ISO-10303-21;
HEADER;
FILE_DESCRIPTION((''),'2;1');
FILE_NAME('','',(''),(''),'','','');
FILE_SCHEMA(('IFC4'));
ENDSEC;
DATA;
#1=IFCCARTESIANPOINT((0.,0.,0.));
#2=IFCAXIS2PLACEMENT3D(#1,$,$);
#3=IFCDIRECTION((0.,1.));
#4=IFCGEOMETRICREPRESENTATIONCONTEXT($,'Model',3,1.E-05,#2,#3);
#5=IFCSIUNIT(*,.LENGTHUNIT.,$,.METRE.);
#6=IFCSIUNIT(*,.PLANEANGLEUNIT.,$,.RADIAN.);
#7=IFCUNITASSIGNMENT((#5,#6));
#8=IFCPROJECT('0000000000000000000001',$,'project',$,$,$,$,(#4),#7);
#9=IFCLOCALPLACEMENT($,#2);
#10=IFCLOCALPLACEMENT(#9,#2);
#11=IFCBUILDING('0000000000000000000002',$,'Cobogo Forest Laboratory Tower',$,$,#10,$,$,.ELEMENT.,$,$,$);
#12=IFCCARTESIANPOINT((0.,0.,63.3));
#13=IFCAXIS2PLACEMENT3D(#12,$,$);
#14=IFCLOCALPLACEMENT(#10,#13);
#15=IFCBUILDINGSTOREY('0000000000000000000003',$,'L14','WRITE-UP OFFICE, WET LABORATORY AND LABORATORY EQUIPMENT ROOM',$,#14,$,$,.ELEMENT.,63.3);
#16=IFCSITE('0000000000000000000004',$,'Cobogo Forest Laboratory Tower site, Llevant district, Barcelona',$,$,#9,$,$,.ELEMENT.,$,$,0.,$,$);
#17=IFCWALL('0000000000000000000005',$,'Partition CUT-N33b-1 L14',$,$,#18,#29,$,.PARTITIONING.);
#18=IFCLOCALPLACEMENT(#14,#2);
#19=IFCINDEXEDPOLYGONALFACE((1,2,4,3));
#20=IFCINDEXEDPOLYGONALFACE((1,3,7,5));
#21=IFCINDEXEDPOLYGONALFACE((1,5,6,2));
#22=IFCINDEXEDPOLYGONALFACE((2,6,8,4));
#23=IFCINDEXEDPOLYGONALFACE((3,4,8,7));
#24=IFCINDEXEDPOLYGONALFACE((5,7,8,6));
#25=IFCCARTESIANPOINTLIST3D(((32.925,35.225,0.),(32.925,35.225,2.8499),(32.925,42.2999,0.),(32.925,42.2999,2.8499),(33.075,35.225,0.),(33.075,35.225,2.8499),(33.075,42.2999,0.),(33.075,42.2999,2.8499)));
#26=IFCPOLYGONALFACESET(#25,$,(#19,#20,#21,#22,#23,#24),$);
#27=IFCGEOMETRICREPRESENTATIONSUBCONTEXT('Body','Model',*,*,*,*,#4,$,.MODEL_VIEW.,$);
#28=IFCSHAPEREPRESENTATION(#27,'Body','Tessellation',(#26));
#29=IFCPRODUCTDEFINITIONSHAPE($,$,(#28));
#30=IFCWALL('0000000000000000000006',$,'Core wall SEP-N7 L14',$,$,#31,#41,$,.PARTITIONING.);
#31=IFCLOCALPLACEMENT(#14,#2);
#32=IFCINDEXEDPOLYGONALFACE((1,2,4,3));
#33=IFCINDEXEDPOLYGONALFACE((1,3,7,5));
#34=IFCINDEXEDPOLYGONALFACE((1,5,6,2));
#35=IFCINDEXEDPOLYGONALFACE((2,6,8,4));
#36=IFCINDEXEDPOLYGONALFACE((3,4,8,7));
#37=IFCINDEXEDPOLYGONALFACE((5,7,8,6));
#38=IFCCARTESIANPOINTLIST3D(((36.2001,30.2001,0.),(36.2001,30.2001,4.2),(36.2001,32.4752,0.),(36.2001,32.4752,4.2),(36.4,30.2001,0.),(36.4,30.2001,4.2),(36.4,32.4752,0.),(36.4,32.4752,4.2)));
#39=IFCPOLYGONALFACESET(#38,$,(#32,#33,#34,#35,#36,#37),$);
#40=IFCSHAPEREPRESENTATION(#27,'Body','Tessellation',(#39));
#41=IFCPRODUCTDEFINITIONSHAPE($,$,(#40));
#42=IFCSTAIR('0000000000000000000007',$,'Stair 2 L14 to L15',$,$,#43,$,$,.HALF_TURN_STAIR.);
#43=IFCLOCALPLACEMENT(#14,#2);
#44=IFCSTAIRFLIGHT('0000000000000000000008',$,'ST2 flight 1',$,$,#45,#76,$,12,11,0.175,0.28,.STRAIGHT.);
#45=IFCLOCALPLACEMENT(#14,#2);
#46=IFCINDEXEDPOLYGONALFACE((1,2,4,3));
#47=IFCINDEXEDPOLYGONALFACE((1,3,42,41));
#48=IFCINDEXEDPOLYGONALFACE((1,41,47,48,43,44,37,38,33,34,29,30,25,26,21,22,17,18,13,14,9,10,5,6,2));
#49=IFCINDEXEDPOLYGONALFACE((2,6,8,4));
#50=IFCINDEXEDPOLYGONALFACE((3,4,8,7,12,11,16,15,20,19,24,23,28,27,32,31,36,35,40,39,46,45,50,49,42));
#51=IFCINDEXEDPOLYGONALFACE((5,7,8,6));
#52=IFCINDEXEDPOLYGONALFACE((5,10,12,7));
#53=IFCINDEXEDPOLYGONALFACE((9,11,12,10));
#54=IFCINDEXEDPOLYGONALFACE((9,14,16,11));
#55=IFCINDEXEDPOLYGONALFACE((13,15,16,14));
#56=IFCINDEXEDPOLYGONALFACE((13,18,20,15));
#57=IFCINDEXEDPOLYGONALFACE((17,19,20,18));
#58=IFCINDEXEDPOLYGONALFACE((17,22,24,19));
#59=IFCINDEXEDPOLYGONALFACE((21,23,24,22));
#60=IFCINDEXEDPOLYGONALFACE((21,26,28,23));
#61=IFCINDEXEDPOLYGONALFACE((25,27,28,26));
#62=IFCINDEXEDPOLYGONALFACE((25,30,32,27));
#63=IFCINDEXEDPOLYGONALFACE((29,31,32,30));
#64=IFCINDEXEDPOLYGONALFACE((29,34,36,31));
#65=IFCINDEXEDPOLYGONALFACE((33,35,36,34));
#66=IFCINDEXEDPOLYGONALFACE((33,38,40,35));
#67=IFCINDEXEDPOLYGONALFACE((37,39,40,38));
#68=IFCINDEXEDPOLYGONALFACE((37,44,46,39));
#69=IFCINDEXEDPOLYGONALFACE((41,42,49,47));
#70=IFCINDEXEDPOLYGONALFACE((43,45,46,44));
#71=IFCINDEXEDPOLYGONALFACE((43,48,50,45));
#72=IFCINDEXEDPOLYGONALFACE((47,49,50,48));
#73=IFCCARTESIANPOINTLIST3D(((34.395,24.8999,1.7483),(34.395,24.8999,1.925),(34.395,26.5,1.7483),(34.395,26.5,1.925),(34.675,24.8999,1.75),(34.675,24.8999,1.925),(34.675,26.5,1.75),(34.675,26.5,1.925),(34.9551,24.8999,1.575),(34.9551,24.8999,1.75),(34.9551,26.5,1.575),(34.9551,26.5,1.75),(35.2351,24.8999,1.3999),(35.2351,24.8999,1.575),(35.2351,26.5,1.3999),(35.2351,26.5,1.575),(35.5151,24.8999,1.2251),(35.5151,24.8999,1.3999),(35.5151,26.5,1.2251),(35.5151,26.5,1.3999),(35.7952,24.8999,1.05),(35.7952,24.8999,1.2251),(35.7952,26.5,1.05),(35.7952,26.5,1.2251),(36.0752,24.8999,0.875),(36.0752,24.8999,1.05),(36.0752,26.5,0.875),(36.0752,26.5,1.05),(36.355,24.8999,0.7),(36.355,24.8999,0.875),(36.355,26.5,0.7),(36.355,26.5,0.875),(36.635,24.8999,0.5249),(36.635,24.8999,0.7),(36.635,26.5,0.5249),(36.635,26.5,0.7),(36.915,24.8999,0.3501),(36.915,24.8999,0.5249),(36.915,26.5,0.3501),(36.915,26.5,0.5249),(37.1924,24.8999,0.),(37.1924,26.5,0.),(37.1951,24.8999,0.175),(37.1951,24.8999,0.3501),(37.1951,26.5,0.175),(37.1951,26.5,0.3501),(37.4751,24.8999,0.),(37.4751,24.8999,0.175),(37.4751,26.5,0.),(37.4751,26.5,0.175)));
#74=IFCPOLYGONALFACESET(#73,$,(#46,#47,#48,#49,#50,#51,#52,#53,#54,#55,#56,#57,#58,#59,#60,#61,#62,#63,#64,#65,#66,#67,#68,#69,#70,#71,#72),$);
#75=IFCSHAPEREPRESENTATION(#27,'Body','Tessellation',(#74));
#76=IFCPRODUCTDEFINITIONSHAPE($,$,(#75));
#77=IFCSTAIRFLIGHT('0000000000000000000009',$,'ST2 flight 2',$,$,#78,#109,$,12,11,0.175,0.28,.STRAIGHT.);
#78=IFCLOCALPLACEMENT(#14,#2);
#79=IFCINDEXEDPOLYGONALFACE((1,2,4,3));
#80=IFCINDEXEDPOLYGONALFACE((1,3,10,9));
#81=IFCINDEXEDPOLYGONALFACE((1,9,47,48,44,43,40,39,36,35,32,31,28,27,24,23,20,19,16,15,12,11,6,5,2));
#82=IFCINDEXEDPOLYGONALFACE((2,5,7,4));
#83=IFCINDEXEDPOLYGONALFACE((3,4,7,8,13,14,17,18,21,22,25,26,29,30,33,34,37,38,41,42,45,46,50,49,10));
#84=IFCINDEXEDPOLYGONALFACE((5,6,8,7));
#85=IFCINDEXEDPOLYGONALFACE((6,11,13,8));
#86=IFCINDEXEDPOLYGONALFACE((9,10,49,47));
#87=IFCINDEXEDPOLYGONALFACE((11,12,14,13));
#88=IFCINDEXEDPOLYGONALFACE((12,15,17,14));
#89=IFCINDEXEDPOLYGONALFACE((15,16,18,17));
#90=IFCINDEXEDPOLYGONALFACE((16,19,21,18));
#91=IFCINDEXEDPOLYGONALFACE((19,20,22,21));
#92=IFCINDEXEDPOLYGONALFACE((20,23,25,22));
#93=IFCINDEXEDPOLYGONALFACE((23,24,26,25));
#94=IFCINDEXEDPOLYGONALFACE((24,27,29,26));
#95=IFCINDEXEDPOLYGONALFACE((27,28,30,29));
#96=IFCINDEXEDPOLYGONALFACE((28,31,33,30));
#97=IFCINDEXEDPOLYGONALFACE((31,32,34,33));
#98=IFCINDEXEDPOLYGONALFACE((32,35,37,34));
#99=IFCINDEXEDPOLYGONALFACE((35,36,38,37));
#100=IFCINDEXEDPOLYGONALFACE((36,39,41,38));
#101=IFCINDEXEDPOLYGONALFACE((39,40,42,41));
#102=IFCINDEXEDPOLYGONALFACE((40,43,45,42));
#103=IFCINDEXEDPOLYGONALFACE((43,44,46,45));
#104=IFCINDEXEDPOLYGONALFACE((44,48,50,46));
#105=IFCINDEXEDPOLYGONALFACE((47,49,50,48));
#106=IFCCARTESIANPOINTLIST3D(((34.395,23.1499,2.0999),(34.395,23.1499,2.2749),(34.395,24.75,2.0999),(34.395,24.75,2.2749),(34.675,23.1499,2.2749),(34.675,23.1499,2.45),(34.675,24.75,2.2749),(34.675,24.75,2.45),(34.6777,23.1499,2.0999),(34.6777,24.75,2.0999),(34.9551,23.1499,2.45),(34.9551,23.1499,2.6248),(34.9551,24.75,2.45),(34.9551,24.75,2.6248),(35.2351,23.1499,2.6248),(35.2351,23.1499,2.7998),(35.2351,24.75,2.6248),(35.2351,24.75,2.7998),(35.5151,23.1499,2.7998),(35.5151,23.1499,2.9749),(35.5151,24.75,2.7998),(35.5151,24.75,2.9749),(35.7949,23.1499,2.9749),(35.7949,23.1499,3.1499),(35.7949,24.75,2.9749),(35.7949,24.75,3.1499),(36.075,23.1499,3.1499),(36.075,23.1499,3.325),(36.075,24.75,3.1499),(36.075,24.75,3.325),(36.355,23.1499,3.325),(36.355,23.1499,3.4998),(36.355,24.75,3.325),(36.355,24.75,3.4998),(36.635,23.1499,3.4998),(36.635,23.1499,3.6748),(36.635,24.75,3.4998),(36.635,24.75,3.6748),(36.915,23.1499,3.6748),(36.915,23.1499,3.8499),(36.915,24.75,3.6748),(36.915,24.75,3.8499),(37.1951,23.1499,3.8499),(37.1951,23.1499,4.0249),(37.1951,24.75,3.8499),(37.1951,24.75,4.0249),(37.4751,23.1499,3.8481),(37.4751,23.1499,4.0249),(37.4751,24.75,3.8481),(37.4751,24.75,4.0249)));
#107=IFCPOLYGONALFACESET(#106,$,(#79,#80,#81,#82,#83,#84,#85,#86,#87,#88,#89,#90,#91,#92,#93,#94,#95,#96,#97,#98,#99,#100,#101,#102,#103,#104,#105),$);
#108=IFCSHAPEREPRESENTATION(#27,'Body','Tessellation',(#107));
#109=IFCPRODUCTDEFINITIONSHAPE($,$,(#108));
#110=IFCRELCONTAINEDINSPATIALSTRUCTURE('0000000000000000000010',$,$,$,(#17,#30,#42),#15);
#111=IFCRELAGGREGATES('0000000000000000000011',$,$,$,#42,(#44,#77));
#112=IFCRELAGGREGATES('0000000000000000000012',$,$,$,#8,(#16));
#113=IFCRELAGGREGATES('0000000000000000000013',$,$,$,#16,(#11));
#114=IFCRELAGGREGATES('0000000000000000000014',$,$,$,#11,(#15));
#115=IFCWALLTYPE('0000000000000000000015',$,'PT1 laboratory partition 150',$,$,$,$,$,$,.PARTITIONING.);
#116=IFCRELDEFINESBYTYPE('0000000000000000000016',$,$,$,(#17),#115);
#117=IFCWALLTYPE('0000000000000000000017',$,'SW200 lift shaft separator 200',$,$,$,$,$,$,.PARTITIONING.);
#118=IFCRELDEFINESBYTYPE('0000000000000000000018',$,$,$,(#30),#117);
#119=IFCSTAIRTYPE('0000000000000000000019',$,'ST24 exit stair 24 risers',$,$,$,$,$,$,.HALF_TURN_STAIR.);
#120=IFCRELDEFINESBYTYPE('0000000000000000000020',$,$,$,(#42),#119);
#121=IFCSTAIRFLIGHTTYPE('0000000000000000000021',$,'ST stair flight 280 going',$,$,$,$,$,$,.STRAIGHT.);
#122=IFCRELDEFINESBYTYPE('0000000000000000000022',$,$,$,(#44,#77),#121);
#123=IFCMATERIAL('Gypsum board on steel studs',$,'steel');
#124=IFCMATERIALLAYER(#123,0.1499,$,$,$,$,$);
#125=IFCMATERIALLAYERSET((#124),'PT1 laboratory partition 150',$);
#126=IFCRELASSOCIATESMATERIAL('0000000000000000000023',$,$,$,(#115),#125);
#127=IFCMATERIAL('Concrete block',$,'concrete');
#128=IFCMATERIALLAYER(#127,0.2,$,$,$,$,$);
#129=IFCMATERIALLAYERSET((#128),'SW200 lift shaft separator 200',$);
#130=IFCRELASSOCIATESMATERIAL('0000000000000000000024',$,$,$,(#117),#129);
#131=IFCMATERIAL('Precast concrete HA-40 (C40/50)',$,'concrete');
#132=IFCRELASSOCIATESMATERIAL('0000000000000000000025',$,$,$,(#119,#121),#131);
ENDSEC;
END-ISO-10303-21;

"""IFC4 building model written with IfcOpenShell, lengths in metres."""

from ifc_helpers import new_model, si_unit, direction, frame, frame_2d, origin, place, context, subcontext, project, spatial, polyline, rectangle, outline, extrude, material, layer, layer_set, type_object, element, aggregate, save


model = new_model("IFC4")

# Units and contexts
model_context = context("Model", 3, precision=1e-05, world=origin(), true_north=direction((0.0, 1.0)))
body_context = subcontext(model_context, "Body", "Model", "MODEL_VIEW")
ifc_project = project(units=[si_unit("LENGTHUNIT", "METRE"), si_unit("PLANEANGLEUNIT", "RADIAN")], contexts=[model_context])

# Site, building, storey
site_placement = place(None, origin())
site = spatial("IfcSite", under=ifc_project, at=site_placement, Name="Cobogo Forest Laboratory Tower site, Llevant district, Barcelona", CompositionType="ELEMENT", RefElevation=0.0)
building_placement = place(site_placement, origin())
building = spatial("IfcBuilding", under=site, at=building_placement, Name="Cobogo Forest Laboratory Tower", CompositionType="ELEMENT")
storey_placement = place(building_placement, frame((0.0, 0.0, 63.3)))
storey = spatial("IfcBuildingStorey", under=building, at=storey_placement, Name="L14", Description="WRITE-UP OFFICE, WET LABORATORY AND LABORATORY EQUIPMENT ROOM", CompositionType="ELEMENT", Elevation=63.3)

# Shared definitions
ifc_material_1 = material(Name="Gypsum board on steel studs", Category="steel")
ifc_layer_1 = layer(ifc_material_1, 0.1499)
ifc_layer_set_1 = layer_set([ifc_layer_1], Name="PT1 laboratory partition 150")
wall_type_1 = type_object("IfcWallType", Name="PT1 laboratory partition 150", PredefinedType="PARTITIONING", material=ifc_layer_set_1)

# Walls
wall_1_placement = place(storey_placement, frame((33.0, 42.3, 0.0), z_axis=(0.0, 0.0, 1.0), x_axis=(0.0, -1.0, 0.0)))
element("IfcWall", 1, at=wall_1_placement, inside=storey, type_object=wall_type_1, Name="Partition CUT-N33b-1 L14", PredefinedType="PARTITIONING", context=body_context, shape_type="SweptSolid", body=[
    extrude(rectangle(XDim=7.075, YDim=0.1499, at=frame_2d((3.5376, 0.0))), origin(), (0.0, 0.0, 1.0), 2.8499),
])
ifc_material_2 = material(Name="Concrete block", Category="concrete")
ifc_layer_2 = layer(ifc_material_2, 0.2)
ifc_layer_set_2 = layer_set([ifc_layer_2], Name="SW200 lift shaft separator 200")
wall_type_2 = type_object("IfcWallType", Name="SW200 lift shaft separator 200", PredefinedType="PARTITIONING", material=ifc_layer_set_2)
wall_2_placement = place(storey_placement, frame((36.3, 30.2, 0.0), z_axis=(0.0, 0.0, 1.0), x_axis=(0.0, 1.0, 0.0)))
element("IfcWall", 2, at=wall_2_placement, inside=storey, type_object=wall_type_2, Name="Core wall SEP-N7 L14", PredefinedType="PARTITIONING", context=body_context, shape_type="SweptSolid", body=[
    extrude(rectangle(XDim=2.2751, YDim=0.2, at=frame_2d((1.1377, 0.0))), origin(), (0.0, 0.0, 1.0), 4.2),
])

# Stair, stair flights
ifc_material_3 = material(Name="Precast concrete HA-40 (C40/50)", Category="concrete")
stair_type = type_object("IfcStairType", Name="ST24 exit stair 24 risers", PredefinedType="HALF_TURN_STAIR", material=ifc_material_3)
stair_placement = place(storey_placement, origin())
stair = element("IfcStair", 3, at=stair_placement, inside=storey, type_object=stair_type, Name="Stair 2 L14 to L15", PredefinedType="HALF_TURN_STAIR")
stair_flight_type = type_object("IfcStairFlightType", Name="ST stair flight 280 going", PredefinedType="STRAIGHT", material=ifc_material_3)
stair_flight_1_placement = place(storey_placement, frame((37.4751, 25.7, 0.0), z_axis=(0.0, 0.0, 1.0), x_axis=(-1.0, 0.0, 0.0)))
stair_flight_1 = element("IfcStairFlight", 4, at=stair_flight_1_placement, type_object=stair_flight_type, Name="ST2 flight 1", NumberOfRisers=12, NumberOfTreads=11, PredefinedType="STRAIGHT", RiserHeight=0.175, TreadLength=0.28, context=body_context, shape_type="SweptSolid", body=[
    extrude(outline(polyline([(0.0, 0.0), (0.0, 0.175), (0.28, 0.175), (0.28, 0.3501), (0.5601, 0.3501), (0.5601, 0.5249), (0.8401, 0.5249), (0.8401, 0.7), (1.1201, 0.7), (1.1201, 0.875), (1.3999, 0.875), (1.3999, 1.05), (1.6799, 1.05), (1.6799, 1.2251), (1.96, 1.2251), (1.96, 1.3999), (2.24, 1.3999), (2.24, 1.575), (2.52, 1.575), (2.52, 1.75), (2.8, 1.75), (2.8, 1.925), (3.0801, 1.925), (3.0801, 2.1001), (3.0801, 1.7483), (0.2827, 0.0), (0.0, 0.0)])), frame((0.0, 0.8, 0.0), z_axis=(0.0, -1.0, 0.0), x_axis=(1.0, 0.0, 0.0)), (0.0, 0.0, 1.0), 1.6001),
])
stair_flight_2_placement = place(storey_placement, frame((34.395, 23.95, 2.0999), z_axis=(0.0, 0.0, 1.0), x_axis=(1.0, 0.0, 0.0)))
stair_flight_2 = element("IfcStairFlight", 5, at=stair_flight_2_placement, type_object=stair_flight_type, Name="ST2 flight 2", NumberOfRisers=12, NumberOfTreads=11, PredefinedType="STRAIGHT", RiserHeight=0.175, TreadLength=0.28, context=body_context, shape_type="SweptSolid", body=[
    extrude(outline(polyline([(0.0, 0.0), (0.0, 0.175), (0.28, 0.175), (0.28, 0.3501), (0.5601, 0.3501), (0.5601, 0.5249), (0.8401, 0.5249), (0.8401, 0.7), (1.1201, 0.7), (1.1201, 0.875), (1.3999, 0.875), (1.3999, 1.05), (1.6799, 1.05), (1.6799, 1.2251), (1.96, 1.2251), (1.96, 1.3999), (2.24, 1.3999), (2.24, 1.575), (2.52, 1.575), (2.52, 1.75), (2.8, 1.75), (2.8, 1.925), (3.0801, 1.925), (3.0801, 2.1001), (3.0801, 1.7483), (0.2827, 0.0), (0.0, 0.0)])), frame((0.0, 0.8, 0.0), z_axis=(0.0, -1.0, 0.0), x_axis=(1.0, 0.0, 0.0)), (0.0, 0.0, 1.0), 1.6001),
])
aggregate(stair, [stair_flight_1, stair_flight_2])

save(model, "model.ifc")
